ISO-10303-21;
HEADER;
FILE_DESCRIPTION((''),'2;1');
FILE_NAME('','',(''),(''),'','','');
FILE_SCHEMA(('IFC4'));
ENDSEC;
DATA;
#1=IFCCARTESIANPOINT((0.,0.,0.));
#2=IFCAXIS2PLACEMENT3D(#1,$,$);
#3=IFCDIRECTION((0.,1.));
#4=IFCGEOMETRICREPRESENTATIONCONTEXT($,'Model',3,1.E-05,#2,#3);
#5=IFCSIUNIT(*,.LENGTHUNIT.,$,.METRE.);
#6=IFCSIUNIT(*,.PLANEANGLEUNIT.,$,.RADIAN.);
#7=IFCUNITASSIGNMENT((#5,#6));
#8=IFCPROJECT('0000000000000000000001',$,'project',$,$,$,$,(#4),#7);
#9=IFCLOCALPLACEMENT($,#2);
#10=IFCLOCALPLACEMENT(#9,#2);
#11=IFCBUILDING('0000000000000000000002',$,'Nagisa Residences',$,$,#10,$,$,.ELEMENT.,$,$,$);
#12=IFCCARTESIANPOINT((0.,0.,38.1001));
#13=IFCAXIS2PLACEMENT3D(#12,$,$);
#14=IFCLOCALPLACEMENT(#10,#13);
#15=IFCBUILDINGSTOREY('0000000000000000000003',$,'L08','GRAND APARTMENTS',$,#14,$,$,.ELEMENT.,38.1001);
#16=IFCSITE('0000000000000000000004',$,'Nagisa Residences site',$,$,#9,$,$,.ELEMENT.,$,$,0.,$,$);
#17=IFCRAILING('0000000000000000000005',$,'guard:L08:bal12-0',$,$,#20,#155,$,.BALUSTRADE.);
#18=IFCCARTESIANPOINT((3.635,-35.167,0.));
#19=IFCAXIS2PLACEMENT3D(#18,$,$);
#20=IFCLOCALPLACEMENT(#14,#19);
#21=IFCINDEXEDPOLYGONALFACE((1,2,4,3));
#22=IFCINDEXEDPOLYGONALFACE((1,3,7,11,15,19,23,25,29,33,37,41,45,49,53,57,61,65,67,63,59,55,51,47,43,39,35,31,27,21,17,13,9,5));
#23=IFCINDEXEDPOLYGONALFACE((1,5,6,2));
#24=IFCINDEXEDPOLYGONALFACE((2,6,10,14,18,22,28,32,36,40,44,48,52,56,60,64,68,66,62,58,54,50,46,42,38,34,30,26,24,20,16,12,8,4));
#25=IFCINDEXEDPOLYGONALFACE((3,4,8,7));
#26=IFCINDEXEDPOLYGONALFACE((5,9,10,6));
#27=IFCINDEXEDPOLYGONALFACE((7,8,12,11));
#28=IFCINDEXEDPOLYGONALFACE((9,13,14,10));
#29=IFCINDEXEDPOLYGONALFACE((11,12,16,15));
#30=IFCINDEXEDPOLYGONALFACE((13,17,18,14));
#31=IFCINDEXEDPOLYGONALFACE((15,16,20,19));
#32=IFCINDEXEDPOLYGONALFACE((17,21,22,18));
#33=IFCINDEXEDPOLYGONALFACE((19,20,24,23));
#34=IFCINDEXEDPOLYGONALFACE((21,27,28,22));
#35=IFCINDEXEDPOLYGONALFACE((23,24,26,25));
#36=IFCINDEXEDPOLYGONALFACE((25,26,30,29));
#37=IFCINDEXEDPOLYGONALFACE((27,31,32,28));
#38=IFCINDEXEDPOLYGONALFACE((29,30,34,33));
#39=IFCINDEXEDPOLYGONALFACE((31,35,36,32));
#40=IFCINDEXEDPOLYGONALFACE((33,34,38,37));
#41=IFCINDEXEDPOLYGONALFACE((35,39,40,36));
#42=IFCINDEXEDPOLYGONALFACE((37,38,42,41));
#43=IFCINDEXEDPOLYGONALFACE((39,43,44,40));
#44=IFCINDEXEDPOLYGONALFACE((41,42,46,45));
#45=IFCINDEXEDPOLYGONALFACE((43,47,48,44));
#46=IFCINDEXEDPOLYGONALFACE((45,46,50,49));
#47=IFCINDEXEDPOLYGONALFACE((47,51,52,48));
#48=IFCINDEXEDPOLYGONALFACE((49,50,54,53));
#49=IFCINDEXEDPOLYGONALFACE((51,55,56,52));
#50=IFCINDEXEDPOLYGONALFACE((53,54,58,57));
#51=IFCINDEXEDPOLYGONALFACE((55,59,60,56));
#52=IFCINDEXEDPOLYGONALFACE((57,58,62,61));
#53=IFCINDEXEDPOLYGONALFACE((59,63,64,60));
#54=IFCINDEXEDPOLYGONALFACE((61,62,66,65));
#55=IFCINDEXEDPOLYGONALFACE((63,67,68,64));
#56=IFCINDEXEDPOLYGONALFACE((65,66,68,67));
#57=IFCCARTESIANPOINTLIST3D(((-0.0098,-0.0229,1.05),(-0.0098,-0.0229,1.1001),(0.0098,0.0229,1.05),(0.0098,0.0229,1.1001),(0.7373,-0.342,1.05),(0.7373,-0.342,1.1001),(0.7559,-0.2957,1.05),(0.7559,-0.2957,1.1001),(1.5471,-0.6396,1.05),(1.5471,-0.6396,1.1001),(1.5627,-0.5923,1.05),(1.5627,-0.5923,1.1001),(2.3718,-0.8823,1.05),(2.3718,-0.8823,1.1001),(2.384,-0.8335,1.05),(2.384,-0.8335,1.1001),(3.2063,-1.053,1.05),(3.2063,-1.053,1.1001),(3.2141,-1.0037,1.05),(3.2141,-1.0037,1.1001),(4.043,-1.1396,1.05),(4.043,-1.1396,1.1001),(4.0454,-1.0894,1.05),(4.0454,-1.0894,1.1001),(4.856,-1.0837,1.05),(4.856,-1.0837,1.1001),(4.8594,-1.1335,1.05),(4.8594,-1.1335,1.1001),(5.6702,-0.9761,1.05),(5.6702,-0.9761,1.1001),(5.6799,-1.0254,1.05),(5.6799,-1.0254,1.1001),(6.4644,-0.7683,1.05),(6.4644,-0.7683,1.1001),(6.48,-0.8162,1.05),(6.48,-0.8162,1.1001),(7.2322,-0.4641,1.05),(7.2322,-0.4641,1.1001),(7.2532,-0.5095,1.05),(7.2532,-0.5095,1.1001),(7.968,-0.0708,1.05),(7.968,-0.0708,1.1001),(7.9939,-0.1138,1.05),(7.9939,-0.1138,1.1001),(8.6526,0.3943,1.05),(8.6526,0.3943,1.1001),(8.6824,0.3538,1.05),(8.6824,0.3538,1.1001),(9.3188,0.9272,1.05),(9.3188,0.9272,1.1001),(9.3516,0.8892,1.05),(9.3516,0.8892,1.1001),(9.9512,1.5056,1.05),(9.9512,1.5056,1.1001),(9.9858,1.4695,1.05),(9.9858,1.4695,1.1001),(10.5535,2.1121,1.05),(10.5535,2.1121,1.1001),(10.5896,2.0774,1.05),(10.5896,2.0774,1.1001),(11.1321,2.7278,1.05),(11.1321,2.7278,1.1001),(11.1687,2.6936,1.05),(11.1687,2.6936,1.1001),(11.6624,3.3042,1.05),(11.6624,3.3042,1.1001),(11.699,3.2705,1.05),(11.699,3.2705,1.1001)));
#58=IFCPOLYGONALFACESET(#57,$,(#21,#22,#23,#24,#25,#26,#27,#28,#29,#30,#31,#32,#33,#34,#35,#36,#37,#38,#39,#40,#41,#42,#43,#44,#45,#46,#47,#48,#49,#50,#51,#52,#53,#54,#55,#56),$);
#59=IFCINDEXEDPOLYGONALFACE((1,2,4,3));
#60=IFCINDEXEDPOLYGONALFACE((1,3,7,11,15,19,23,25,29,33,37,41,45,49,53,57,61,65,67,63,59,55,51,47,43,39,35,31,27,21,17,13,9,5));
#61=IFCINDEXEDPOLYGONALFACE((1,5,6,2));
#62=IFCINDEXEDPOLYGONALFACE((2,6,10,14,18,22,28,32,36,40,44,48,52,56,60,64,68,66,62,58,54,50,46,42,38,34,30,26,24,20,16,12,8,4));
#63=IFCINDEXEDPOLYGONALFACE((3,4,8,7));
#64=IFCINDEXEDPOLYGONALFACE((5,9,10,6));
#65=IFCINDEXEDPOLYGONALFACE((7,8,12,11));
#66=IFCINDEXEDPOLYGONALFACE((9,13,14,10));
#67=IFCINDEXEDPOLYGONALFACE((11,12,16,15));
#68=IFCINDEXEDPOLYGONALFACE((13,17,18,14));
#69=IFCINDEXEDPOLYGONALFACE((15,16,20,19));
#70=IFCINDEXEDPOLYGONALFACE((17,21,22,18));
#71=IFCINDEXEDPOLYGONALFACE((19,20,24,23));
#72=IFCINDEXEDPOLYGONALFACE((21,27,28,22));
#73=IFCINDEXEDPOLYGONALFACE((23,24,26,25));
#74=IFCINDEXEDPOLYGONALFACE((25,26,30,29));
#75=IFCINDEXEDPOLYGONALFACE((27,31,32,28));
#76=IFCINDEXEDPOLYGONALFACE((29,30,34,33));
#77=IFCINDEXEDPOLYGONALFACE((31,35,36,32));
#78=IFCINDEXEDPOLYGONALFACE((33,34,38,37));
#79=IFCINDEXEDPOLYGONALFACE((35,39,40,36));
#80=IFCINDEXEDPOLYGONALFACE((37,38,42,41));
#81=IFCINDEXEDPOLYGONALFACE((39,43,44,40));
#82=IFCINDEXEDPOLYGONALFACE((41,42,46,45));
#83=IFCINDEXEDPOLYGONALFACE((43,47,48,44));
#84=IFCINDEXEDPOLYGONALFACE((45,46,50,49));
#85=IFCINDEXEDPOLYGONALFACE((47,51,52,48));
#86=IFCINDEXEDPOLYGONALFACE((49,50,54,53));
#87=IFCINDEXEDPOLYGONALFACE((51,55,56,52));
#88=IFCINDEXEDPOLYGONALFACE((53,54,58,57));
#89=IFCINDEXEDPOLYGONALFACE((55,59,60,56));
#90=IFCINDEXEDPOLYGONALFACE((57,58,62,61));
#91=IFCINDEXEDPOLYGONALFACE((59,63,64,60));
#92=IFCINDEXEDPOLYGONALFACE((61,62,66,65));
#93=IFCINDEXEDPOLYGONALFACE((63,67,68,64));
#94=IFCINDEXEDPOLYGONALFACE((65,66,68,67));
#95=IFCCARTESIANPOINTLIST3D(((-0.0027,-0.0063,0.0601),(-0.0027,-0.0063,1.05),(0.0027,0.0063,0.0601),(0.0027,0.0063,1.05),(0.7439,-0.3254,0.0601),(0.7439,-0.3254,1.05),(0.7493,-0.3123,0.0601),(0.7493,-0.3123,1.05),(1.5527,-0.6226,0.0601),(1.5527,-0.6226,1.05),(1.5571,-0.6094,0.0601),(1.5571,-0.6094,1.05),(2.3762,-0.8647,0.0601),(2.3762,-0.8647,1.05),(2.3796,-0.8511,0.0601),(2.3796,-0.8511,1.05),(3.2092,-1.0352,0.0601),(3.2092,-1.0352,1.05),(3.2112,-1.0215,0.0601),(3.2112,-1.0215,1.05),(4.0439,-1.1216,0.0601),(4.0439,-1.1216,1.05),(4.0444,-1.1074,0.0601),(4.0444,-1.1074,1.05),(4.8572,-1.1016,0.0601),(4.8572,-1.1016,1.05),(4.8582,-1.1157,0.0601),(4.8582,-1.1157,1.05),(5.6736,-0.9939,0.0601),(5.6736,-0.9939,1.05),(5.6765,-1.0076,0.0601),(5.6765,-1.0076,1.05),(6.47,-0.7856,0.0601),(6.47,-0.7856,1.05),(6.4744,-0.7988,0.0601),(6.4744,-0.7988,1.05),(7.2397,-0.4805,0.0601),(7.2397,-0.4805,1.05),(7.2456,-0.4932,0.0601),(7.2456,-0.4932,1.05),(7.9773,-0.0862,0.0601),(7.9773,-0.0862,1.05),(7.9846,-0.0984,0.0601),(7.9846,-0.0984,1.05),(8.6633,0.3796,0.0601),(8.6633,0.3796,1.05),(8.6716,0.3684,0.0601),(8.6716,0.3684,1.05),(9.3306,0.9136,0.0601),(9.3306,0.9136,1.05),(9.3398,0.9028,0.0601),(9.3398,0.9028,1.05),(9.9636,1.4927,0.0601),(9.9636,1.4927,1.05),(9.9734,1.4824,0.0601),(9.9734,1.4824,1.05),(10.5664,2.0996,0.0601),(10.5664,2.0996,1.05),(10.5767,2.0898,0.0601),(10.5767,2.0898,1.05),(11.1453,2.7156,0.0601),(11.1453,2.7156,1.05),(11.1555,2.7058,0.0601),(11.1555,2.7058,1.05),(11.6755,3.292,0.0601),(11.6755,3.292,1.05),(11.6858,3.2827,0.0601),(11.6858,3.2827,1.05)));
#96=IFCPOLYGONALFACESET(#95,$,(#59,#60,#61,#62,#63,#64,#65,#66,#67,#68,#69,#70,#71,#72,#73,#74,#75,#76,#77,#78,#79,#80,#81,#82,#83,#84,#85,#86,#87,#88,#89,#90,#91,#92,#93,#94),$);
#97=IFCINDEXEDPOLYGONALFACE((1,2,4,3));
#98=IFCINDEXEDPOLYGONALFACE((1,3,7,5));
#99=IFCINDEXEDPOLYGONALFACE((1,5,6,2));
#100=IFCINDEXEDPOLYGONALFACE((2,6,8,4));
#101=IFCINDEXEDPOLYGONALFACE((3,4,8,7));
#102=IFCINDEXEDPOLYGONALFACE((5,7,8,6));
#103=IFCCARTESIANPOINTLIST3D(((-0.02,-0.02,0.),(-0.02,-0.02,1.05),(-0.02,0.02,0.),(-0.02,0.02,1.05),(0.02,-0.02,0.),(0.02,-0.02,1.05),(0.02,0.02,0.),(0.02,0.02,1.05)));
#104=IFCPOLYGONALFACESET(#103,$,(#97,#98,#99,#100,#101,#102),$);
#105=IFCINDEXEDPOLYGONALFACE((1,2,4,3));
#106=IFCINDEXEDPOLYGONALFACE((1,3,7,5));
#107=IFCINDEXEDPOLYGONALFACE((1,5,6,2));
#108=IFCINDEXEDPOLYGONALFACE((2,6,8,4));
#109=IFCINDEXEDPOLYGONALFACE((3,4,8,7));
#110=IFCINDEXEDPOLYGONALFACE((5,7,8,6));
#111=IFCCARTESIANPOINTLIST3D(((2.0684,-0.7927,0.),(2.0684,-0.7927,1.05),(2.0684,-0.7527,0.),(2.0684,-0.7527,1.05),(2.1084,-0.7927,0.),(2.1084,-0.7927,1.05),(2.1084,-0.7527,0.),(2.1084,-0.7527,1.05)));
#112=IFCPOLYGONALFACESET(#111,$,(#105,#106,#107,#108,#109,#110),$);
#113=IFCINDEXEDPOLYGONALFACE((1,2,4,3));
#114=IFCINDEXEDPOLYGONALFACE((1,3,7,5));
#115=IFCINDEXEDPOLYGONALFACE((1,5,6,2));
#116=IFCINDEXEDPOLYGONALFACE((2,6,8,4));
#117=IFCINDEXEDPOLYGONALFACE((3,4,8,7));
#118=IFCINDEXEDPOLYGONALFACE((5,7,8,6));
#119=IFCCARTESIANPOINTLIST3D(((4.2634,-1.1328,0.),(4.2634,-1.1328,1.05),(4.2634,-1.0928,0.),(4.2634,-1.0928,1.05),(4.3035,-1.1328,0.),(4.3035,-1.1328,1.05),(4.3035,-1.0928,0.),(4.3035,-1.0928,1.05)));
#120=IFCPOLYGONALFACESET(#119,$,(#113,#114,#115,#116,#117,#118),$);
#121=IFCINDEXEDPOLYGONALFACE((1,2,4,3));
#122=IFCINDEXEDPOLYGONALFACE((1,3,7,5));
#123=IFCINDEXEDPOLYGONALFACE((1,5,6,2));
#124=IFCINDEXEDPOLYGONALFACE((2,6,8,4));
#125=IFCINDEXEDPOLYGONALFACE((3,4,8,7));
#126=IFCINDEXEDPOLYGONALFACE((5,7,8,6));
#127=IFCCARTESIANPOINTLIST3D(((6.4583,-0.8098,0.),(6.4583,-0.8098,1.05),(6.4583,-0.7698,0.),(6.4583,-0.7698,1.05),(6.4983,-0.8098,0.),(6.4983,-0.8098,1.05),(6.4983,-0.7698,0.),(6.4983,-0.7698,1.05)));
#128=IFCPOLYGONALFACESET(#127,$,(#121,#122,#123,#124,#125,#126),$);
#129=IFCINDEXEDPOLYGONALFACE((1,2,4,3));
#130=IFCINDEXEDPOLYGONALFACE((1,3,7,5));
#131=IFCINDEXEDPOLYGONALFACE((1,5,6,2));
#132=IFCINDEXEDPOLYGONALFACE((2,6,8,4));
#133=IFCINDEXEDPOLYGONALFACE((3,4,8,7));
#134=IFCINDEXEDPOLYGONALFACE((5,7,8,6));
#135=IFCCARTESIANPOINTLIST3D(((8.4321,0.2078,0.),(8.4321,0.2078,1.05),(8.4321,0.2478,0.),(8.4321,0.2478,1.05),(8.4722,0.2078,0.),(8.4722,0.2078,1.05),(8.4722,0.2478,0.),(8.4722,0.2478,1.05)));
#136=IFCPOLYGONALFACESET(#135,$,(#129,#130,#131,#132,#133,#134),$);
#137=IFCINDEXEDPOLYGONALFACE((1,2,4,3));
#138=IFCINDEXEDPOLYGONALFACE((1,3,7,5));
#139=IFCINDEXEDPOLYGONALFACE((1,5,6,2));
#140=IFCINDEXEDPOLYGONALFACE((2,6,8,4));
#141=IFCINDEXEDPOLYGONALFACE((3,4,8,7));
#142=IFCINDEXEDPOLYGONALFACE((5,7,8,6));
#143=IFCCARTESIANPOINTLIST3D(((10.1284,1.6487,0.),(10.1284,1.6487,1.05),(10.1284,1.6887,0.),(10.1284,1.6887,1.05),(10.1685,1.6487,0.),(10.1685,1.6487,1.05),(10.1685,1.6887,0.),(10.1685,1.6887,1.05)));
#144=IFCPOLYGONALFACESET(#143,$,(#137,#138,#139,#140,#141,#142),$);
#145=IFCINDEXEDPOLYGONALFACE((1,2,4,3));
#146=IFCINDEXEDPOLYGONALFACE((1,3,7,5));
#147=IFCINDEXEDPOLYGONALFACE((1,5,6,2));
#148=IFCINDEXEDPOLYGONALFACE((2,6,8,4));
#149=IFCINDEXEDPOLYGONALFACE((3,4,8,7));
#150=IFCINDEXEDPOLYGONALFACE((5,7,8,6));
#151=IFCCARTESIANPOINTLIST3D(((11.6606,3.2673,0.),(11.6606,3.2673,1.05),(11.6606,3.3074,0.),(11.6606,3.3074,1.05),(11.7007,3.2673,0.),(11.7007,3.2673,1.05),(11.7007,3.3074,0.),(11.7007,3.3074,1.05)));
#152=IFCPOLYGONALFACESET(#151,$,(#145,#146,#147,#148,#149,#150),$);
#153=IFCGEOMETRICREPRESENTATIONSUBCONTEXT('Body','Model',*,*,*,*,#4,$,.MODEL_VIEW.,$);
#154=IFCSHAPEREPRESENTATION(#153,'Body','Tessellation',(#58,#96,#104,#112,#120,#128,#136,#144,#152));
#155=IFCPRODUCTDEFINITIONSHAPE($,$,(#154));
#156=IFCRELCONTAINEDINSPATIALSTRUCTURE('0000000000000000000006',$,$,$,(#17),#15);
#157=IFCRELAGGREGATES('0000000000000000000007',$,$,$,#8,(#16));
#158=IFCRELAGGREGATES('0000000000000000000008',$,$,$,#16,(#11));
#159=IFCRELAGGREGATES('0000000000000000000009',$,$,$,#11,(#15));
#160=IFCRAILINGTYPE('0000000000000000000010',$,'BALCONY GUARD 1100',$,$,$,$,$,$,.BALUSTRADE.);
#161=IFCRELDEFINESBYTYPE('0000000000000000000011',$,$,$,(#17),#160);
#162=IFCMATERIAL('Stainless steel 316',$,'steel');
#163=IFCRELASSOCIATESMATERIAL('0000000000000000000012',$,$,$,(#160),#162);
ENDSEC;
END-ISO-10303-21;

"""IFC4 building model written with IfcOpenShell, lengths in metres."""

from ifc_helpers import new_model, si_unit, direction, frame, origin, origin_2d, place, context, subcontext, project, spatial, polyline, rectangle, outline, extrude, material, type_object, element, save


model = new_model("IFC4")

# Units and contexts
model_context = context("Model", 3, precision=1e-05, world=origin(), true_north=direction((0.0, 1.0)))
body_context = subcontext(model_context, "Body", "Model", "MODEL_VIEW")
ifc_project = project(units=[si_unit("LENGTHUNIT", "METRE"), si_unit("PLANEANGLEUNIT", "RADIAN")], contexts=[model_context])

# Site, building, storey
site_placement = place(None, origin())
site = spatial("IfcSite", under=ifc_project, at=site_placement, Name="Nagisa Residences site", CompositionType="ELEMENT", RefElevation=0.0)
building_placement = place(site_placement, origin())
building = spatial("IfcBuilding", under=site, at=building_placement, Name="Nagisa Residences", CompositionType="ELEMENT")
storey_placement = place(building_placement, frame((0.0, 0.0, 38.1001)))
storey = spatial("IfcBuildingStorey", under=building, at=storey_placement, Name="L08", Description="GRAND APARTMENTS", CompositionType="ELEMENT", Elevation=38.1001)

# Railing
ifc_material_1 = material(Name="Stainless steel 316", Category="steel")
railing_type = type_object("IfcRailingType", Name="BALCONY GUARD 1100", PredefinedType="BALUSTRADE", material=ifc_material_1)
railing_placement = place(storey_placement, frame((3.635, -35.167, 0.0)))
element("IfcRailing", 1, at=railing_placement, inside=storey, type_object=railing_type, Name="guard:L08:bal12-0", PredefinedType="BALUSTRADE", context=body_context, shape_type="SweptSolid", body=[
    extrude(outline(polyline([(0.7559, -0.2957), (0.0098, 0.0229), (-0.0098, -0.0229), (0.7373, -0.342), (1.5471, -0.6396), (2.3718, -0.8823), (3.2063, -1.053), (4.043, -1.1396), (4.8594, -1.1335), (5.6799, -1.0254), (6.48, -0.8162), (7.2532, -0.5095), (7.9939, -0.1138), (8.6824, 0.3538), (9.3516, 0.8892), (9.9858, 1.4695), (10.5896, 2.0774), (11.1687, 2.6936), (11.699, 3.2705), (11.6624, 3.3042), (11.1321, 2.7278), (10.5535, 2.1121), (9.9512, 1.5056), (9.3188, 0.9272), (8.6526, 0.3943), (7.968, -0.0708), (7.2322, -0.4641), (6.4644, -0.7683), (5.6702, -0.9761), (4.856, -1.0837), (4.0454, -1.0894), (3.2141, -1.0037), (2.384, -0.8335), (1.5627, -0.5923), (0.7559, -0.2957)])), frame((0.0, 0.0, 1.05)), (0.0, 0.0, 1.0), 0.05),
    extrude(outline(polyline([(0.7493, -0.3123), (0.0027, 0.0063), (-0.0027, -0.0063), (0.7439, -0.3254), (1.5527, -0.6226), (2.3762, -0.8647), (3.2092, -1.0352), (4.0439, -1.1216), (4.8582, -1.1157), (5.6765, -1.0076), (6.4744, -0.7988), (7.2456, -0.4932), (7.9846, -0.0984), (8.6716, 0.3684), (9.3398, 0.9028), (9.9734, 1.4824), (10.5767, 2.0898), (11.1555, 2.7058), (11.6858, 3.2827), (11.6755, 3.292), (11.1453, 2.7156), (10.5664, 2.0996), (9.9636, 1.4927), (9.3306, 0.9136), (8.6633, 0.3796), (7.9773, -0.0862), (7.2397, -0.4805), (6.47, -0.7856), (5.6736, -0.9939), (4.8572, -1.1016), (4.0444, -1.1074), (3.2112, -1.0215), (2.3796, -0.8511), (1.5571, -0.6094), (0.7493, -0.3123)])), frame((0.0, 0.0, 0.0601)), (0.0, 0.0, 1.0), 0.99),
    extrude(rectangle(XDim=0.04, YDim=0.04, at=origin_2d()), origin(), (0.0, 0.0, 1.0), 1.05),
    extrude(rectangle(XDim=0.04, YDim=0.04, at=origin_2d()), frame((2.0884, -0.7727, 0.0)), (0.0, 0.0, 1.0), 1.05),
    extrude(rectangle(XDim=0.04, YDim=0.04, at=origin_2d()), frame((4.2834, -1.1128, 0.0)), (0.0, 0.0, 1.0), 1.05),
    extrude(rectangle(XDim=0.04, YDim=0.04, at=origin_2d()), frame((6.4783, -0.7898, 0.0)), (0.0, 0.0, 1.0), 1.05),
    extrude(rectangle(XDim=0.04, YDim=0.04, at=origin_2d()), frame((8.4521, 0.2278, 0.0)), (0.0, 0.0, 1.0), 1.05),
    extrude(rectangle(XDim=0.04, YDim=0.04, at=origin_2d()), frame((10.1484, 1.6687, 0.0)), (0.0, 0.0, 1.0), 1.05),
    extrude(rectangle(XDim=0.04, YDim=0.04, at=origin_2d()), frame((11.6807, 3.2874, 0.0)), (0.0, 0.0, 1.0), 1.05),
])

save(model, "model.ifc")
